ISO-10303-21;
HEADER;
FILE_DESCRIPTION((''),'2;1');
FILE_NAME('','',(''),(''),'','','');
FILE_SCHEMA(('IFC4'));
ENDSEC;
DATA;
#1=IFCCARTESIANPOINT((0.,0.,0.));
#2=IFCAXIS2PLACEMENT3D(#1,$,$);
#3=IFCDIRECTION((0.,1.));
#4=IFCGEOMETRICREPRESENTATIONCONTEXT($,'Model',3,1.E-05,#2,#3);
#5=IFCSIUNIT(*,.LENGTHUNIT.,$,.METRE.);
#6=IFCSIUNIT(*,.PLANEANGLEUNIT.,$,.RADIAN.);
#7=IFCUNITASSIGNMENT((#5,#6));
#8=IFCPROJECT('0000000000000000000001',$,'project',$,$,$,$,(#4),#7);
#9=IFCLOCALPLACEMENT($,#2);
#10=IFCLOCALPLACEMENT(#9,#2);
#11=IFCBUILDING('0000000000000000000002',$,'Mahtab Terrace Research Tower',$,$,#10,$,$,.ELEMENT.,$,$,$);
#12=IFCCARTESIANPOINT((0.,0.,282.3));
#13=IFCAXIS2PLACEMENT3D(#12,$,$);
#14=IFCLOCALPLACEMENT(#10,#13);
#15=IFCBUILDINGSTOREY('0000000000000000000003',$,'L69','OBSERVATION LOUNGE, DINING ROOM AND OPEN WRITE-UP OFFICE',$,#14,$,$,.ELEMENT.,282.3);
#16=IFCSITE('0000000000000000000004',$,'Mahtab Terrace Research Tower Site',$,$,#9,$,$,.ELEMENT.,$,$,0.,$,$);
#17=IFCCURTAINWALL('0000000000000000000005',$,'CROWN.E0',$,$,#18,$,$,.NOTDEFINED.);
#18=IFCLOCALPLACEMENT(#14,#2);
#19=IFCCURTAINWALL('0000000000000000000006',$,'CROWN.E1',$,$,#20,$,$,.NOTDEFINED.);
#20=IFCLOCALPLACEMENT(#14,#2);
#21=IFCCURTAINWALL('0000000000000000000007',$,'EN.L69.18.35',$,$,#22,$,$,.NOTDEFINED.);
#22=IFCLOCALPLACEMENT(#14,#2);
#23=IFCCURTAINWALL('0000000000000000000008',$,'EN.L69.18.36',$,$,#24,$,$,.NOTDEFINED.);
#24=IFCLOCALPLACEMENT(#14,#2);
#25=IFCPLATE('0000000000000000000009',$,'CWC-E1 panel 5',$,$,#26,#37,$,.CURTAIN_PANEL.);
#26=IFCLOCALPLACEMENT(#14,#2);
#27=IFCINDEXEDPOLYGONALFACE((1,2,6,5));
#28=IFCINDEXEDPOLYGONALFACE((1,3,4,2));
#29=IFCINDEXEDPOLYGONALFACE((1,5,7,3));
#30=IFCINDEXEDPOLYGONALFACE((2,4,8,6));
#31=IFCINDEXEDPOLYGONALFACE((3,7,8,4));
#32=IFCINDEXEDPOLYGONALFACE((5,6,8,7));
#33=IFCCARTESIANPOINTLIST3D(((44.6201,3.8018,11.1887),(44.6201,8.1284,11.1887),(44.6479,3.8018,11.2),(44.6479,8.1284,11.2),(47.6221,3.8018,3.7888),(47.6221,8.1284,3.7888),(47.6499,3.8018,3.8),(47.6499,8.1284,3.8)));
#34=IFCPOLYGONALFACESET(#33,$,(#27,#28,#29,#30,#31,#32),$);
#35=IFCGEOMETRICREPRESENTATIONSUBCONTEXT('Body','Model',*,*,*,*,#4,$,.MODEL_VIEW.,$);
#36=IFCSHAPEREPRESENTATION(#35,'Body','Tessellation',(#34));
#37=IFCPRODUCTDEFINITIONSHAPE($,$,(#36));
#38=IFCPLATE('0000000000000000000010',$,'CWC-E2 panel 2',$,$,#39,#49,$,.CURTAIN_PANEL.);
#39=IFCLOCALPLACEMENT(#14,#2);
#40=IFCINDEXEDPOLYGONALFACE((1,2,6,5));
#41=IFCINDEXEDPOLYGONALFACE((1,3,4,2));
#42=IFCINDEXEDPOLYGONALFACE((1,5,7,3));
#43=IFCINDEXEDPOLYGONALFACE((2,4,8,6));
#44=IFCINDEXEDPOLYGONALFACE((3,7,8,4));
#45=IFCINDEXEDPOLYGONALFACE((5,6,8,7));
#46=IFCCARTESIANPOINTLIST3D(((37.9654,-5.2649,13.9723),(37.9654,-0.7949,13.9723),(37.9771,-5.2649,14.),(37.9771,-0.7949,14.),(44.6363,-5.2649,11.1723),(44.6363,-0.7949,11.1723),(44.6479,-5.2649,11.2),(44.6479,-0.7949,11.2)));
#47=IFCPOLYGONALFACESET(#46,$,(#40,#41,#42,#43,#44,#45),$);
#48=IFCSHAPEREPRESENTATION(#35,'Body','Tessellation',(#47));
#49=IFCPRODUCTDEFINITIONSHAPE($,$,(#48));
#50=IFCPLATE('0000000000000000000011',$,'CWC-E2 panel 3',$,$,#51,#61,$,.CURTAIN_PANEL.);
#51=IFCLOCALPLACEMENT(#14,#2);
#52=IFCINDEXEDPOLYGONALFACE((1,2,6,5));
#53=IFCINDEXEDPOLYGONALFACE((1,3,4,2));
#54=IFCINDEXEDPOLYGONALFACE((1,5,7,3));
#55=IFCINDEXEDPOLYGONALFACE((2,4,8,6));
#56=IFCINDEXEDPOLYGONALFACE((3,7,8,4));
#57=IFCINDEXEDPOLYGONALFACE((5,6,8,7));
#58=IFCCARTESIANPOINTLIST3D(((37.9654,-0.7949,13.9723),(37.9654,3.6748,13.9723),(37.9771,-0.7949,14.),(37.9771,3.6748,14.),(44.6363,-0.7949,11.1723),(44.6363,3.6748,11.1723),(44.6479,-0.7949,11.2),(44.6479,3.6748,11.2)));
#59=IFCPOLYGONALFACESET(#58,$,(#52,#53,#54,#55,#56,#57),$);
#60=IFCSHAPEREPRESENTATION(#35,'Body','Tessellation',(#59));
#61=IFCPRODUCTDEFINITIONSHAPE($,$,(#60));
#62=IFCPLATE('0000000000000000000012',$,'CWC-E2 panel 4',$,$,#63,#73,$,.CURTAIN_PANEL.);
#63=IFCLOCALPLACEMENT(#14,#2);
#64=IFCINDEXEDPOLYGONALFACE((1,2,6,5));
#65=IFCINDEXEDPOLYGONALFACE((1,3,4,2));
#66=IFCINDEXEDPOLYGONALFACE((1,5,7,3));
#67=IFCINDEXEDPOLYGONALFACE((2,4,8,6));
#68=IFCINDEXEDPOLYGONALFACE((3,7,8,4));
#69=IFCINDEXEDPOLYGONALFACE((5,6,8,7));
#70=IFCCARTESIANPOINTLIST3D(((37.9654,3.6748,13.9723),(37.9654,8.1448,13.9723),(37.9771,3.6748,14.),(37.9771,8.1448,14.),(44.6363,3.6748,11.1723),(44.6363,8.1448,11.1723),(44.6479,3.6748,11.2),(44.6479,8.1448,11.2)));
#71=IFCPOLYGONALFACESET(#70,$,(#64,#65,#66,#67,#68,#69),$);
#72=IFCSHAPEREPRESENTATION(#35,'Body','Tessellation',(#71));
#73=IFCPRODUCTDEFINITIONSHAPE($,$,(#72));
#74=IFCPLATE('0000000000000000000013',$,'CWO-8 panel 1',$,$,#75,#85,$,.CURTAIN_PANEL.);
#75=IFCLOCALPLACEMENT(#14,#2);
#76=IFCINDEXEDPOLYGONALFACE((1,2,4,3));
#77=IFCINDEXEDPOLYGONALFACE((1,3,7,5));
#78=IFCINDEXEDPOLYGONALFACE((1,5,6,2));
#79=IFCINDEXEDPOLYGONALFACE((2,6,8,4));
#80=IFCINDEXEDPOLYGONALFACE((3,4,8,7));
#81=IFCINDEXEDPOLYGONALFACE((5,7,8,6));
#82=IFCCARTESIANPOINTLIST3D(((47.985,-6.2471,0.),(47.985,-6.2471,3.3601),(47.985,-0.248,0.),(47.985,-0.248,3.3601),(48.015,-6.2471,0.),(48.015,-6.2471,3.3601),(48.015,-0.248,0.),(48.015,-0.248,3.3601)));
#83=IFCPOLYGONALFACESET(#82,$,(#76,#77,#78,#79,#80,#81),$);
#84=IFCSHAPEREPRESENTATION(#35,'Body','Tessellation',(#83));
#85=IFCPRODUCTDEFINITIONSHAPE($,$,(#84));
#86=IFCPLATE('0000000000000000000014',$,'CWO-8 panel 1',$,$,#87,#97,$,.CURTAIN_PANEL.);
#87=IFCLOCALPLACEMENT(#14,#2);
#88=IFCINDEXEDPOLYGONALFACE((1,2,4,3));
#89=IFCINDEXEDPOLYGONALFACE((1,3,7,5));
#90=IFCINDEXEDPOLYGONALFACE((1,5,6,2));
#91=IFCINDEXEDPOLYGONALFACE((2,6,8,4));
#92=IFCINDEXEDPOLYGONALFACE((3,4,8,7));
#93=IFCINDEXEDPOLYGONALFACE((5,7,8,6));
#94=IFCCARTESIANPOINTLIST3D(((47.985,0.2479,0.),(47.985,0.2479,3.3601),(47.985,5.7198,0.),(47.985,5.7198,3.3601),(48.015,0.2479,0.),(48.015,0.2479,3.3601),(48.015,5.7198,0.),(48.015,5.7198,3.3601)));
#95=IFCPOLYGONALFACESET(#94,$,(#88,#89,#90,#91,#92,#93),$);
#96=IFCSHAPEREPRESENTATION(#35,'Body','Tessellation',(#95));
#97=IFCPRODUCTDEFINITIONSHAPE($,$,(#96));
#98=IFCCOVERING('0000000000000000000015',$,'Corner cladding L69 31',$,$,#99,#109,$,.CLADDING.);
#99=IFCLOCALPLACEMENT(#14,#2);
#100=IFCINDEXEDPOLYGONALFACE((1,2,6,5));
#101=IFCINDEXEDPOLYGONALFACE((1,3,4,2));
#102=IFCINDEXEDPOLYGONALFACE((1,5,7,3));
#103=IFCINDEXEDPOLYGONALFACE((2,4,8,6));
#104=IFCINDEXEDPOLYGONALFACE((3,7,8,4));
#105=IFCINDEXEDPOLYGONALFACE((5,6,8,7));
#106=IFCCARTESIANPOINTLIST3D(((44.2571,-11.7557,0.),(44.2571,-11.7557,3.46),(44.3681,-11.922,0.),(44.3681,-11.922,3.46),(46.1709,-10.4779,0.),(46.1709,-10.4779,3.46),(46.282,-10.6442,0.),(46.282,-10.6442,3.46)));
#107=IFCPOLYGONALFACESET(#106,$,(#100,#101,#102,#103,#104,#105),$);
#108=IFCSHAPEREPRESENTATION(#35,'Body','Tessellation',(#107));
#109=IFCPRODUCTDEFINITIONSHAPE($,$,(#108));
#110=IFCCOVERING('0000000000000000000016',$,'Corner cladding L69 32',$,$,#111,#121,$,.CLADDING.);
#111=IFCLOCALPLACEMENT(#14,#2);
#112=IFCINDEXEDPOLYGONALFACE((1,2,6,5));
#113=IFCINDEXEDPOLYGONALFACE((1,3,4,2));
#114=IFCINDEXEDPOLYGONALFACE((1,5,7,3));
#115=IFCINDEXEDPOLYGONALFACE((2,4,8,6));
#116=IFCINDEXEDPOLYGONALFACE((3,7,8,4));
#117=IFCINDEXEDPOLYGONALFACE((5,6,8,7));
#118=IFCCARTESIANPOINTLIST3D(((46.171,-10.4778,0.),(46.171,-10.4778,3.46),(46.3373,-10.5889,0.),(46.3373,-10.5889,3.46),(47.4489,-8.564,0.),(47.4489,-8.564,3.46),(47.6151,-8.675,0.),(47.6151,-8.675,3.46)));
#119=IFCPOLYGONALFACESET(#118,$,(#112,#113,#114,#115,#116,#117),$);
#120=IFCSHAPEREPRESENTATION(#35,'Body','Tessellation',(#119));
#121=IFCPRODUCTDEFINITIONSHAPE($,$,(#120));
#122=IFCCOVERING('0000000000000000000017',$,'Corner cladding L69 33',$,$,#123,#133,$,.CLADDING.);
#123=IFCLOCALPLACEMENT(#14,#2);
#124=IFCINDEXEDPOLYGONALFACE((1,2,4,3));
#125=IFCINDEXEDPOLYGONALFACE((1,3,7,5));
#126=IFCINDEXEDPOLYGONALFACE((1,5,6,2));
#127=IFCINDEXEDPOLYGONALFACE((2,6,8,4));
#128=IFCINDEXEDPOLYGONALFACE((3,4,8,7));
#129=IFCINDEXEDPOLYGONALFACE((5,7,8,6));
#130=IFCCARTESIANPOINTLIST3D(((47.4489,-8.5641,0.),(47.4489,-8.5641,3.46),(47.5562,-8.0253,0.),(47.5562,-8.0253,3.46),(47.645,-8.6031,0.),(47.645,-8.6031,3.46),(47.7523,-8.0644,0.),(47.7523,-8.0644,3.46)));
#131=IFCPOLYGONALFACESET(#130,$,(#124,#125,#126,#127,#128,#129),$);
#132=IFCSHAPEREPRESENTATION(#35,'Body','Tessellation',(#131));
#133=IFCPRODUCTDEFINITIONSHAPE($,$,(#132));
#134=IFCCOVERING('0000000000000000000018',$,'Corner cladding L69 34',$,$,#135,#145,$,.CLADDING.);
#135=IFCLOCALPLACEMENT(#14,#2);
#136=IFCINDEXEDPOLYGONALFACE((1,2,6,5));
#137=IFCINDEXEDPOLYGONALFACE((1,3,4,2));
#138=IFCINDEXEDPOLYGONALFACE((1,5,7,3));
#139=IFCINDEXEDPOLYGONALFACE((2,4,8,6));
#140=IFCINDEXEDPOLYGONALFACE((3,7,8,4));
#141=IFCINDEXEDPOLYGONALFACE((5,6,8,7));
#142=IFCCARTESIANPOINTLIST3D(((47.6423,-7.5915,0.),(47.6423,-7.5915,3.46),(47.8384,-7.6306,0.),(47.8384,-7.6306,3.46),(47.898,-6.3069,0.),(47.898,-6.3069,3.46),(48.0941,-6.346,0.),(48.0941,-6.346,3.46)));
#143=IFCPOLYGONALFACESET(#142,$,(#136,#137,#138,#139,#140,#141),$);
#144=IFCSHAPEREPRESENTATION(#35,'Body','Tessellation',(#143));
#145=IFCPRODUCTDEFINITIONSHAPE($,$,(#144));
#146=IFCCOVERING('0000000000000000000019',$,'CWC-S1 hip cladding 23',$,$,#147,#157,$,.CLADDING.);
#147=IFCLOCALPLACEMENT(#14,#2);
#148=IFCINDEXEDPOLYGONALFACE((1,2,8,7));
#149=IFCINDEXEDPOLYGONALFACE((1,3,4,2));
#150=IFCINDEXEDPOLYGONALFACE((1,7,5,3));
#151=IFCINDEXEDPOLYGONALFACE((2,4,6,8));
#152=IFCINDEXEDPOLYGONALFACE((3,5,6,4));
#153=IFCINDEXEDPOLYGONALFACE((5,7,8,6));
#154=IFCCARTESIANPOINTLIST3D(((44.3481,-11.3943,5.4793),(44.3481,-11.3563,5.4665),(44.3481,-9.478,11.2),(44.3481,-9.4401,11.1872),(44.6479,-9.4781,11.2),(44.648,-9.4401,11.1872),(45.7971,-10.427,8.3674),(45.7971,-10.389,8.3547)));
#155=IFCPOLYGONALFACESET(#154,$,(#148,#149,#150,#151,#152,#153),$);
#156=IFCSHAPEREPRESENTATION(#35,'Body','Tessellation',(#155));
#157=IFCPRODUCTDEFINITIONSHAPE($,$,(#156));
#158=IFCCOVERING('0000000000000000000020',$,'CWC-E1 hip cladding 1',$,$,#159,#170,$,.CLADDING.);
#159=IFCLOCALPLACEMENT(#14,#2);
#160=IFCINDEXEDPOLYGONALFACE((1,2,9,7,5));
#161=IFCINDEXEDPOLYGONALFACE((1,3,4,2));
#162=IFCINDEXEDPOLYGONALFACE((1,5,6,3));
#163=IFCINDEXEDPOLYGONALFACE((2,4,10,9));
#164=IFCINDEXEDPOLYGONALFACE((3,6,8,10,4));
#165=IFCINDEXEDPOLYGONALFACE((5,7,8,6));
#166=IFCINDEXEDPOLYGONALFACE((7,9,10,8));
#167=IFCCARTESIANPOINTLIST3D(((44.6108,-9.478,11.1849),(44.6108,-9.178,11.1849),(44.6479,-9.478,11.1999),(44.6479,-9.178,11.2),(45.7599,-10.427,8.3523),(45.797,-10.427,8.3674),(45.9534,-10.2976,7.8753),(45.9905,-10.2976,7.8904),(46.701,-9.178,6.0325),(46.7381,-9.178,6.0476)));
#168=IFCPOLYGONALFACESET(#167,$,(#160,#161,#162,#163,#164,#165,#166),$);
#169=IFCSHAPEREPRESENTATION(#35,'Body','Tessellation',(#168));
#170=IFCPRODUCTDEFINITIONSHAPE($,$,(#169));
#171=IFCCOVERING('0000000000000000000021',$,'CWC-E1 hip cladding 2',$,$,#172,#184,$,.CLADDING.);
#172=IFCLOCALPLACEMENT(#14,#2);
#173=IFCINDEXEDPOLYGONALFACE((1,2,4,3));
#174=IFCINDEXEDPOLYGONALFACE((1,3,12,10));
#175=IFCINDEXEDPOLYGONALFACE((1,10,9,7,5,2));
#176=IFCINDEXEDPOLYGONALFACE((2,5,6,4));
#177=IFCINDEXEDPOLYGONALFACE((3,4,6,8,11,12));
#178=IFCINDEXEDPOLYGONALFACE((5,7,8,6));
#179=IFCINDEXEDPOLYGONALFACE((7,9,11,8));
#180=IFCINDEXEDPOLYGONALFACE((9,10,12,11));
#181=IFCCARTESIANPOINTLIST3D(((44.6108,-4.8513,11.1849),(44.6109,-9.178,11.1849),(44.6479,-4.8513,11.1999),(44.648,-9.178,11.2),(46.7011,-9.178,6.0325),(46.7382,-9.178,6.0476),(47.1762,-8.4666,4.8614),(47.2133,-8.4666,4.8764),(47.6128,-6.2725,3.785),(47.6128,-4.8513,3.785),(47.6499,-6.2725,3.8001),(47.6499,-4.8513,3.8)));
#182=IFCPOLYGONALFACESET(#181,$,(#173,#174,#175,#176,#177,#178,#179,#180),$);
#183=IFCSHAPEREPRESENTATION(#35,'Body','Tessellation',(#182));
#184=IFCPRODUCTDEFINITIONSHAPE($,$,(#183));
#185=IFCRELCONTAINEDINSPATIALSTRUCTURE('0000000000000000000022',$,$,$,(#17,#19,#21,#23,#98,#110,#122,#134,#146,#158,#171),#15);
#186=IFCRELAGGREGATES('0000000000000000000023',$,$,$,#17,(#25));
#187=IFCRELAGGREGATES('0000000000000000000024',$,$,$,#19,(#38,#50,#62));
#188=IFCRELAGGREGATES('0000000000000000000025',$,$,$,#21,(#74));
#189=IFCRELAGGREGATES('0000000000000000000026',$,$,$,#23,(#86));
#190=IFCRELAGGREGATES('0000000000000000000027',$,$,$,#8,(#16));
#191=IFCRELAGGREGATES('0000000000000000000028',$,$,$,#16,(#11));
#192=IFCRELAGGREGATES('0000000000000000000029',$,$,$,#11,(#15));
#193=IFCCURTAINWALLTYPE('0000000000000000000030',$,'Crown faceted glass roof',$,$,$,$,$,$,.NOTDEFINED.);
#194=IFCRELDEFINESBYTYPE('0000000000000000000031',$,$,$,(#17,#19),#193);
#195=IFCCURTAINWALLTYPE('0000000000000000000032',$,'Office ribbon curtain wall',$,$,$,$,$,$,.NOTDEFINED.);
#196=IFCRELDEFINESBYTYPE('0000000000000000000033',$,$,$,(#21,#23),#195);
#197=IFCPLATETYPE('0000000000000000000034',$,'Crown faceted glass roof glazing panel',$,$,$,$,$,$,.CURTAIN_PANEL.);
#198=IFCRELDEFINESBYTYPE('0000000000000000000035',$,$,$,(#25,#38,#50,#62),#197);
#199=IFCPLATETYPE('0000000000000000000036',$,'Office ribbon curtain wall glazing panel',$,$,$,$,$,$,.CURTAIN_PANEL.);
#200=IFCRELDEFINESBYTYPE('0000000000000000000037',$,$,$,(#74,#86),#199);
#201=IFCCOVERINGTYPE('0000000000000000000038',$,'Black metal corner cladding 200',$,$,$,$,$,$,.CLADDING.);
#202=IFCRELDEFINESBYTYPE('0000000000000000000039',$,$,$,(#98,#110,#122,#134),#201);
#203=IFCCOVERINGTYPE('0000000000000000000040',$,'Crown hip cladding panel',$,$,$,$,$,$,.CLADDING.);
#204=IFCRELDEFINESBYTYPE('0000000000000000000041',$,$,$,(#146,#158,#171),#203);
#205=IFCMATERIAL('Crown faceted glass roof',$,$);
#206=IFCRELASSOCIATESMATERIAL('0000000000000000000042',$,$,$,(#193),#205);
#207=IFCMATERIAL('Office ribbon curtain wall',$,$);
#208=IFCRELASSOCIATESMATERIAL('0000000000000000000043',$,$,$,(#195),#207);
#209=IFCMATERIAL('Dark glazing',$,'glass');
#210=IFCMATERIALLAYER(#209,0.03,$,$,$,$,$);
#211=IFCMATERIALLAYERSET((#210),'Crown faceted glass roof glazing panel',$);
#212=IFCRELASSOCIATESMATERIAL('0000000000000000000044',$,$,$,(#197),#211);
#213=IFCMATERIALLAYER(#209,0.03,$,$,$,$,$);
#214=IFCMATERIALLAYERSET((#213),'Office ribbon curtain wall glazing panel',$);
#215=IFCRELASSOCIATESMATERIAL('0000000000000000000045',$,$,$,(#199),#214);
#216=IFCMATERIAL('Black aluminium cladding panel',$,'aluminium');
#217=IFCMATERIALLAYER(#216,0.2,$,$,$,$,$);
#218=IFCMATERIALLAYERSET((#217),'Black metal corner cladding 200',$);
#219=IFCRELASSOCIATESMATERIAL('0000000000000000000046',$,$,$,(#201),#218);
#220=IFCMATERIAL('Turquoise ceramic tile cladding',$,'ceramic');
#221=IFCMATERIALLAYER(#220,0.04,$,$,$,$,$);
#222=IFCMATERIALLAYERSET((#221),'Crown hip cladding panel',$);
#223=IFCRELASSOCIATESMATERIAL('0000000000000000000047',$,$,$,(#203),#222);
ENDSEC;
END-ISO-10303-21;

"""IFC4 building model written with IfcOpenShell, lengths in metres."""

from ifc_helpers import new_model, si_unit, direction, frame, origin, origin_2d, place, context, subcontext, project, spatial, polyline, rectangle, outline, extrude, material, layer, layer_set, type_object, element, aggregate, save


model = new_model("IFC4")

# Units and contexts
model_context = context("Model", 3, precision=1e-05, world=origin(), true_north=direction((0.0, 1.0)))
body_context = subcontext(model_context, "Body", "Model", "MODEL_VIEW")
ifc_project = project(units=[si_unit("LENGTHUNIT", "METRE"), si_unit("PLANEANGLEUNIT", "RADIAN")], contexts=[model_context])

# Site, building, storey
site_placement = place(None, origin())
site = spatial("IfcSite", under=ifc_project, at=site_placement, Name="Mahtab Terrace Research Tower Site", CompositionType="ELEMENT", RefElevation=0.0)
building_placement = place(site_placement, origin())
building = spatial("IfcBuilding", under=site, at=building_placement, Name="Mahtab Terrace Research Tower", CompositionType="ELEMENT")
storey_placement = place(building_placement, frame((0.0, 0.0, 282.3)))
storey = spatial("IfcBuildingStorey", under=building, at=storey_placement, Name="L69", Description="OBSERVATION LOUNGE, DINING ROOM AND OPEN WRITE-UP OFFICE", CompositionType="ELEMENT", Elevation=282.3)

# Shared definitions
ifc_material_1 = material(Name="Crown faceted glass roof")
curtain_wall_type_1 = type_object("IfcCurtainWallType", Name="Crown faceted glass roof", PredefinedType="NOTDEFINED", material=ifc_material_1)

# Curtain walls
curtain_wall_1_placement = place(storey_placement, origin())
curtain_wall_1 = element("IfcCurtainWall", 1, at=curtain_wall_1_placement, inside=storey, type_object=curtain_wall_type_1, Name="CROWN.E0", PredefinedType="NOTDEFINED")
curtain_wall_2_placement = place(storey_placement, origin())
curtain_wall_2 = element("IfcCurtainWall", 2, at=curtain_wall_2_placement, inside=storey, type_object=curtain_wall_type_1, Name="CROWN.E1", PredefinedType="NOTDEFINED")

# Curtain wall
ifc_material_2 = material(Name="Office ribbon curtain wall")
curtain_wall_type_2 = type_object("IfcCurtainWallType", Name="Office ribbon curtain wall", PredefinedType="NOTDEFINED", material=ifc_material_2)
curtain_wall_3_placement = place(storey_placement, origin())
curtain_wall_3 = element("IfcCurtainWall", 3, at=curtain_wall_3_placement, inside=storey, type_object=curtain_wall_type_2, Name="EN.L69.18.35", PredefinedType="NOTDEFINED")

# Curtain wall
curtain_wall_4_placement = place(storey_placement, origin())
curtain_wall_4 = element("IfcCurtainWall", 4, at=curtain_wall_4_placement, inside=storey, type_object=curtain_wall_type_2, Name="EN.L69.18.36", PredefinedType="NOTDEFINED")

# Plates
ifc_material_3 = material(Name="Dark glazing", Category="glass")
ifc_layer_1 = layer(ifc_material_3, 0.03)
ifc_layer_set_1 = layer_set([ifc_layer_1], Name="Crown faceted glass roof glazing panel")
plate_type_1 = type_object("IfcPlateType", Name="Crown faceted glass roof glazing panel", PredefinedType="CURTAIN_PANEL", material=ifc_layer_set_1)
plate_1_placement = place(storey_placement, frame((47.6499, 3.8018, 3.8), z_axis=(0.926652, 0.0, 0.375919), x_axis=(0.0, 1.0, 0.0)))
plate_1 = element("IfcPlate", 5, at=plate_1_placement, type_object=plate_type_1, Name="CWC-E1 panel 5", PredefinedType="CURTAIN_PANEL", context=body_context, shape_type="SweptSolid", body=[
    extrude(outline(polyline([(0.0, 0.0), (4.3267, 0.0), (4.3267, 7.9856), (0.0, 7.9856), (0.0, 0.0)])), origin(), (0.0, 0.0, -1.0), 0.03),
])
aggregate(curtain_wall_1, [plate_1])
plate_2_placement = place(storey_placement, frame((44.6479, -5.2649, 11.2), z_axis=(0.387029, 0.0, 0.922067), x_axis=(0.0, 1.0, 0.0)))
plate_2 = element("IfcPlate", 6, at=plate_2_placement, type_object=plate_type_1, Name="CWC-E2 panel 2", PredefinedType="CURTAIN_PANEL", context=body_context, shape_type="SweptSolid", body=[
    extrude(outline(polyline([(0.0, 0.0), (4.47, 0.0), (4.47, 7.2347), (0.0, 7.2347), (0.0, 0.0)])), origin(), (0.0, 0.0, -1.0), 0.03),
])
plate_3_placement = place(storey_placement, frame((44.6479, -0.7949, 11.2), z_axis=(0.387029, 0.0, 0.922067), x_axis=(0.0, 1.0, 0.0)))
plate_3 = element("IfcPlate", 7, at=plate_3_placement, type_object=plate_type_1, Name="CWC-E2 panel 3", PredefinedType="CURTAIN_PANEL", context=body_context, shape_type="SweptSolid", body=[
    extrude(outline(polyline([(0.0, 0.0), (4.4697, 0.0), (4.4697, 7.2347), (0.0, 7.2347), (0.0, 0.0)])), origin(), (0.0, 0.0, -1.0), 0.03),
])
plate_4_placement = place(storey_placement, frame((44.6479, 3.6748, 11.2), z_axis=(0.387029, 0.0, 0.922067), x_axis=(0.0, 1.0, 0.0)))
plate_4 = element("IfcPlate", 8, at=plate_4_placement, type_object=plate_type_1, Name="CWC-E2 panel 4", PredefinedType="CURTAIN_PANEL", context=body_context, shape_type="SweptSolid", body=[
    extrude(outline(polyline([(0.0, 0.0), (4.47, 0.0), (4.47, 7.2347), (0.0, 7.2347), (0.0, 0.0)])), origin(), (0.0, 0.0, -1.0), 0.03),
])
aggregate(curtain_wall_2, [plate_2, plate_3, plate_4])
ifc_layer_2 = layer(ifc_material_3, 0.03)
ifc_layer_set_2 = layer_set([ifc_layer_2], Name="Office ribbon curtain wall glazing panel")
plate_type_2 = type_object("IfcPlateType", Name="Office ribbon curtain wall glazing panel", PredefinedType="CURTAIN_PANEL", material=ifc_layer_set_2)
plate_5_placement = place(storey_placement, frame((48.0, -3.2476, 0.0), z_axis=(0.0, 0.0, 1.0), x_axis=(0.0, 1.0, 0.0)))
plate_5 = element("IfcPlate", 9, at=plate_5_placement, type_object=plate_type_2, Name="CWO-8 panel 1", PredefinedType="CURTAIN_PANEL", context=body_context, shape_type="SweptSolid", body=[
    extrude(rectangle(XDim=5.999, YDim=0.03, at=origin_2d()), origin(), (0.0, 0.0, 1.0), 3.3601),
])
aggregate(curtain_wall_3, [plate_5])
plate_6_placement = place(storey_placement, frame((48.0, 2.9839, 0.0), z_axis=(0.0, 0.0, 1.0), x_axis=(0.0, 1.0, 0.0)))
plate_6 = element("IfcPlate", 10, at=plate_6_placement, type_object=plate_type_2, Name="CWO-8 panel 1", PredefinedType="CURTAIN_PANEL", context=body_context, shape_type="SweptSolid", body=[
    extrude(rectangle(XDim=5.4719, YDim=0.03, at=origin_2d()), origin(), (0.0, 0.0, 1.0), 3.3601),
])
aggregate(curtain_wall_4, [plate_6])

# Coverings
ifc_material_4 = material(Name="Black aluminium cladding panel", Category="aluminium")
ifc_layer_3 = layer(ifc_material_4, 0.2)
ifc_layer_set_3 = layer_set([ifc_layer_3], Name="Black metal corner cladding 200")
covering_type_1 = type_object("IfcCoveringType", Name="Black metal corner cladding 200", PredefinedType="CLADDING", material=ifc_layer_set_3)
for number, where, z_axis, x_axis, name in (
    (11, (45.2695, -11.2, 0.0), (0.0, 0.0, 1.0), (0.831656, 0.555291, 0.0), "Corner cladding L69 31"),
    (12, (46.8931, -9.5764, 0.0), (0.0, 0.0, 1.0), (0.555291, 0.831656, 0.0), "Corner cladding L69 32"),
):
    element("IfcCovering", number, at=place(storey_placement, frame(where, z_axis=z_axis, x_axis=x_axis)), inside=storey, type_object=covering_type_1, Name=name, PredefinedType="CLADDING", context=body_context, shape_type="SweptSolid", body=[
        extrude(rectangle(XDim=2.3013, YDim=0.2, at=origin_2d()), origin(), (0.0, 0.0, 1.0), 3.46),
    ])
covering_1_placement = place(storey_placement, frame((47.6006, -8.3142, 0.0), z_axis=(0.0, 0.0, 1.0), x_axis=(0.195212, 0.980761, 0.0)))
element("IfcCovering", 13, at=covering_1_placement, inside=storey, type_object=covering_type_1, Name="Corner cladding L69 33", PredefinedType="CLADDING", context=body_context, shape_type="SweptSolid", body=[
    extrude(rectangle(XDim=0.5493, YDim=0.2, at=origin_2d()), origin(), (0.0, 0.0, 1.0), 3.46),
])
covering_2_placement = place(storey_placement, frame((47.8682, -6.9688, 0.0), z_axis=(0.0, 0.0, 1.0), x_axis=(0.195212, 0.980761, 0.0)))
element("IfcCovering", 14, at=covering_2_placement, inside=storey, type_object=covering_type_1, Name="Corner cladding L69 34", PredefinedType="CLADDING", context=body_context, shape_type="SweptSolid", body=[
    extrude(rectangle(XDim=1.3098, YDim=0.2, at=origin_2d()), origin(), (0.0, 0.0, 1.0), 3.46),
])
ifc_material_5 = material(Name="Turquoise ceramic tile cladding", Category="ceramic")
ifc_layer_4 = layer(ifc_material_5, 0.04)
ifc_layer_set_4 = layer_set([ifc_layer_4], Name="Crown hip cladding panel")
covering_type_2 = type_object("IfcCoveringType", Name="Crown hip cladding panel", PredefinedType="CLADDING", material=ifc_layer_set_4)
covering_3_placement = place(storey_placement, frame((45.7971, -10.427, 8.3674), z_axis=(-0.000099, -0.948215, 0.317628), x_axis=(-0.429587, -0.286786, -0.856276)))
element("IfcCovering", 15, at=covering_3_placement, inside=storey, type_object=covering_type_2, Name="CWC-S1 hip cladding 23", PredefinedType="CLADDING", context=body_context, shape_type="SweptSolid", body=[
    extrude(outline(polyline([(0.0, 0.0), (3.3729, 0.0), (-2.0751, -2.5917), (-2.2039, -2.321), (0.0, 0.0)])), origin(), (0.0, 0.0, -1.0), 0.04),
])
covering_4_placement = place(storey_placement, frame((44.6479, -9.178, 11.2), z_axis=(0.926652, -0.00005, 0.37592), x_axis=(0.37592, 0.0, -0.926652)))
element("IfcCovering", 16, at=covering_4_placement, inside=storey, type_object=covering_type_2, Name="CWC-E1 hip cladding 1", PredefinedType="CLADDING", context=body_context, shape_type="SweptSolid", body=[
    extrude(outline(polyline([(0.0, 0.0), (5.5602, 0.0), (3.5715, -1.1196), (3.0568, -1.249), (0.0, -0.3), (0.0, 0.0)])), origin(), (0.0, 0.0, -1.0), 0.04),
])
covering_5_placement = place(storey_placement, frame((47.6499, -4.8513, 3.8), z_axis=(0.926649, 0.000021, 0.375927), x_axis=(0.000019, -1.0, 0.000008)))
element("IfcCovering", 17, at=covering_5_placement, inside=storey, type_object=covering_type_2, Name="CWC-E1 hip cladding 2", PredefinedType="CLADDING", context=body_context, shape_type="SweptSolid", body=[
    extrude(outline(polyline([(0.0, 0.0), (1.4211, 0.0), (3.6152, -1.1616), (4.3267, -2.4254), (4.3267, -7.9856), (0.0, -7.9856), (0.0, 0.0)])), origin(), (0.0, 0.0, -1.0), 0.04),
])

save(model, "model.ifc")
